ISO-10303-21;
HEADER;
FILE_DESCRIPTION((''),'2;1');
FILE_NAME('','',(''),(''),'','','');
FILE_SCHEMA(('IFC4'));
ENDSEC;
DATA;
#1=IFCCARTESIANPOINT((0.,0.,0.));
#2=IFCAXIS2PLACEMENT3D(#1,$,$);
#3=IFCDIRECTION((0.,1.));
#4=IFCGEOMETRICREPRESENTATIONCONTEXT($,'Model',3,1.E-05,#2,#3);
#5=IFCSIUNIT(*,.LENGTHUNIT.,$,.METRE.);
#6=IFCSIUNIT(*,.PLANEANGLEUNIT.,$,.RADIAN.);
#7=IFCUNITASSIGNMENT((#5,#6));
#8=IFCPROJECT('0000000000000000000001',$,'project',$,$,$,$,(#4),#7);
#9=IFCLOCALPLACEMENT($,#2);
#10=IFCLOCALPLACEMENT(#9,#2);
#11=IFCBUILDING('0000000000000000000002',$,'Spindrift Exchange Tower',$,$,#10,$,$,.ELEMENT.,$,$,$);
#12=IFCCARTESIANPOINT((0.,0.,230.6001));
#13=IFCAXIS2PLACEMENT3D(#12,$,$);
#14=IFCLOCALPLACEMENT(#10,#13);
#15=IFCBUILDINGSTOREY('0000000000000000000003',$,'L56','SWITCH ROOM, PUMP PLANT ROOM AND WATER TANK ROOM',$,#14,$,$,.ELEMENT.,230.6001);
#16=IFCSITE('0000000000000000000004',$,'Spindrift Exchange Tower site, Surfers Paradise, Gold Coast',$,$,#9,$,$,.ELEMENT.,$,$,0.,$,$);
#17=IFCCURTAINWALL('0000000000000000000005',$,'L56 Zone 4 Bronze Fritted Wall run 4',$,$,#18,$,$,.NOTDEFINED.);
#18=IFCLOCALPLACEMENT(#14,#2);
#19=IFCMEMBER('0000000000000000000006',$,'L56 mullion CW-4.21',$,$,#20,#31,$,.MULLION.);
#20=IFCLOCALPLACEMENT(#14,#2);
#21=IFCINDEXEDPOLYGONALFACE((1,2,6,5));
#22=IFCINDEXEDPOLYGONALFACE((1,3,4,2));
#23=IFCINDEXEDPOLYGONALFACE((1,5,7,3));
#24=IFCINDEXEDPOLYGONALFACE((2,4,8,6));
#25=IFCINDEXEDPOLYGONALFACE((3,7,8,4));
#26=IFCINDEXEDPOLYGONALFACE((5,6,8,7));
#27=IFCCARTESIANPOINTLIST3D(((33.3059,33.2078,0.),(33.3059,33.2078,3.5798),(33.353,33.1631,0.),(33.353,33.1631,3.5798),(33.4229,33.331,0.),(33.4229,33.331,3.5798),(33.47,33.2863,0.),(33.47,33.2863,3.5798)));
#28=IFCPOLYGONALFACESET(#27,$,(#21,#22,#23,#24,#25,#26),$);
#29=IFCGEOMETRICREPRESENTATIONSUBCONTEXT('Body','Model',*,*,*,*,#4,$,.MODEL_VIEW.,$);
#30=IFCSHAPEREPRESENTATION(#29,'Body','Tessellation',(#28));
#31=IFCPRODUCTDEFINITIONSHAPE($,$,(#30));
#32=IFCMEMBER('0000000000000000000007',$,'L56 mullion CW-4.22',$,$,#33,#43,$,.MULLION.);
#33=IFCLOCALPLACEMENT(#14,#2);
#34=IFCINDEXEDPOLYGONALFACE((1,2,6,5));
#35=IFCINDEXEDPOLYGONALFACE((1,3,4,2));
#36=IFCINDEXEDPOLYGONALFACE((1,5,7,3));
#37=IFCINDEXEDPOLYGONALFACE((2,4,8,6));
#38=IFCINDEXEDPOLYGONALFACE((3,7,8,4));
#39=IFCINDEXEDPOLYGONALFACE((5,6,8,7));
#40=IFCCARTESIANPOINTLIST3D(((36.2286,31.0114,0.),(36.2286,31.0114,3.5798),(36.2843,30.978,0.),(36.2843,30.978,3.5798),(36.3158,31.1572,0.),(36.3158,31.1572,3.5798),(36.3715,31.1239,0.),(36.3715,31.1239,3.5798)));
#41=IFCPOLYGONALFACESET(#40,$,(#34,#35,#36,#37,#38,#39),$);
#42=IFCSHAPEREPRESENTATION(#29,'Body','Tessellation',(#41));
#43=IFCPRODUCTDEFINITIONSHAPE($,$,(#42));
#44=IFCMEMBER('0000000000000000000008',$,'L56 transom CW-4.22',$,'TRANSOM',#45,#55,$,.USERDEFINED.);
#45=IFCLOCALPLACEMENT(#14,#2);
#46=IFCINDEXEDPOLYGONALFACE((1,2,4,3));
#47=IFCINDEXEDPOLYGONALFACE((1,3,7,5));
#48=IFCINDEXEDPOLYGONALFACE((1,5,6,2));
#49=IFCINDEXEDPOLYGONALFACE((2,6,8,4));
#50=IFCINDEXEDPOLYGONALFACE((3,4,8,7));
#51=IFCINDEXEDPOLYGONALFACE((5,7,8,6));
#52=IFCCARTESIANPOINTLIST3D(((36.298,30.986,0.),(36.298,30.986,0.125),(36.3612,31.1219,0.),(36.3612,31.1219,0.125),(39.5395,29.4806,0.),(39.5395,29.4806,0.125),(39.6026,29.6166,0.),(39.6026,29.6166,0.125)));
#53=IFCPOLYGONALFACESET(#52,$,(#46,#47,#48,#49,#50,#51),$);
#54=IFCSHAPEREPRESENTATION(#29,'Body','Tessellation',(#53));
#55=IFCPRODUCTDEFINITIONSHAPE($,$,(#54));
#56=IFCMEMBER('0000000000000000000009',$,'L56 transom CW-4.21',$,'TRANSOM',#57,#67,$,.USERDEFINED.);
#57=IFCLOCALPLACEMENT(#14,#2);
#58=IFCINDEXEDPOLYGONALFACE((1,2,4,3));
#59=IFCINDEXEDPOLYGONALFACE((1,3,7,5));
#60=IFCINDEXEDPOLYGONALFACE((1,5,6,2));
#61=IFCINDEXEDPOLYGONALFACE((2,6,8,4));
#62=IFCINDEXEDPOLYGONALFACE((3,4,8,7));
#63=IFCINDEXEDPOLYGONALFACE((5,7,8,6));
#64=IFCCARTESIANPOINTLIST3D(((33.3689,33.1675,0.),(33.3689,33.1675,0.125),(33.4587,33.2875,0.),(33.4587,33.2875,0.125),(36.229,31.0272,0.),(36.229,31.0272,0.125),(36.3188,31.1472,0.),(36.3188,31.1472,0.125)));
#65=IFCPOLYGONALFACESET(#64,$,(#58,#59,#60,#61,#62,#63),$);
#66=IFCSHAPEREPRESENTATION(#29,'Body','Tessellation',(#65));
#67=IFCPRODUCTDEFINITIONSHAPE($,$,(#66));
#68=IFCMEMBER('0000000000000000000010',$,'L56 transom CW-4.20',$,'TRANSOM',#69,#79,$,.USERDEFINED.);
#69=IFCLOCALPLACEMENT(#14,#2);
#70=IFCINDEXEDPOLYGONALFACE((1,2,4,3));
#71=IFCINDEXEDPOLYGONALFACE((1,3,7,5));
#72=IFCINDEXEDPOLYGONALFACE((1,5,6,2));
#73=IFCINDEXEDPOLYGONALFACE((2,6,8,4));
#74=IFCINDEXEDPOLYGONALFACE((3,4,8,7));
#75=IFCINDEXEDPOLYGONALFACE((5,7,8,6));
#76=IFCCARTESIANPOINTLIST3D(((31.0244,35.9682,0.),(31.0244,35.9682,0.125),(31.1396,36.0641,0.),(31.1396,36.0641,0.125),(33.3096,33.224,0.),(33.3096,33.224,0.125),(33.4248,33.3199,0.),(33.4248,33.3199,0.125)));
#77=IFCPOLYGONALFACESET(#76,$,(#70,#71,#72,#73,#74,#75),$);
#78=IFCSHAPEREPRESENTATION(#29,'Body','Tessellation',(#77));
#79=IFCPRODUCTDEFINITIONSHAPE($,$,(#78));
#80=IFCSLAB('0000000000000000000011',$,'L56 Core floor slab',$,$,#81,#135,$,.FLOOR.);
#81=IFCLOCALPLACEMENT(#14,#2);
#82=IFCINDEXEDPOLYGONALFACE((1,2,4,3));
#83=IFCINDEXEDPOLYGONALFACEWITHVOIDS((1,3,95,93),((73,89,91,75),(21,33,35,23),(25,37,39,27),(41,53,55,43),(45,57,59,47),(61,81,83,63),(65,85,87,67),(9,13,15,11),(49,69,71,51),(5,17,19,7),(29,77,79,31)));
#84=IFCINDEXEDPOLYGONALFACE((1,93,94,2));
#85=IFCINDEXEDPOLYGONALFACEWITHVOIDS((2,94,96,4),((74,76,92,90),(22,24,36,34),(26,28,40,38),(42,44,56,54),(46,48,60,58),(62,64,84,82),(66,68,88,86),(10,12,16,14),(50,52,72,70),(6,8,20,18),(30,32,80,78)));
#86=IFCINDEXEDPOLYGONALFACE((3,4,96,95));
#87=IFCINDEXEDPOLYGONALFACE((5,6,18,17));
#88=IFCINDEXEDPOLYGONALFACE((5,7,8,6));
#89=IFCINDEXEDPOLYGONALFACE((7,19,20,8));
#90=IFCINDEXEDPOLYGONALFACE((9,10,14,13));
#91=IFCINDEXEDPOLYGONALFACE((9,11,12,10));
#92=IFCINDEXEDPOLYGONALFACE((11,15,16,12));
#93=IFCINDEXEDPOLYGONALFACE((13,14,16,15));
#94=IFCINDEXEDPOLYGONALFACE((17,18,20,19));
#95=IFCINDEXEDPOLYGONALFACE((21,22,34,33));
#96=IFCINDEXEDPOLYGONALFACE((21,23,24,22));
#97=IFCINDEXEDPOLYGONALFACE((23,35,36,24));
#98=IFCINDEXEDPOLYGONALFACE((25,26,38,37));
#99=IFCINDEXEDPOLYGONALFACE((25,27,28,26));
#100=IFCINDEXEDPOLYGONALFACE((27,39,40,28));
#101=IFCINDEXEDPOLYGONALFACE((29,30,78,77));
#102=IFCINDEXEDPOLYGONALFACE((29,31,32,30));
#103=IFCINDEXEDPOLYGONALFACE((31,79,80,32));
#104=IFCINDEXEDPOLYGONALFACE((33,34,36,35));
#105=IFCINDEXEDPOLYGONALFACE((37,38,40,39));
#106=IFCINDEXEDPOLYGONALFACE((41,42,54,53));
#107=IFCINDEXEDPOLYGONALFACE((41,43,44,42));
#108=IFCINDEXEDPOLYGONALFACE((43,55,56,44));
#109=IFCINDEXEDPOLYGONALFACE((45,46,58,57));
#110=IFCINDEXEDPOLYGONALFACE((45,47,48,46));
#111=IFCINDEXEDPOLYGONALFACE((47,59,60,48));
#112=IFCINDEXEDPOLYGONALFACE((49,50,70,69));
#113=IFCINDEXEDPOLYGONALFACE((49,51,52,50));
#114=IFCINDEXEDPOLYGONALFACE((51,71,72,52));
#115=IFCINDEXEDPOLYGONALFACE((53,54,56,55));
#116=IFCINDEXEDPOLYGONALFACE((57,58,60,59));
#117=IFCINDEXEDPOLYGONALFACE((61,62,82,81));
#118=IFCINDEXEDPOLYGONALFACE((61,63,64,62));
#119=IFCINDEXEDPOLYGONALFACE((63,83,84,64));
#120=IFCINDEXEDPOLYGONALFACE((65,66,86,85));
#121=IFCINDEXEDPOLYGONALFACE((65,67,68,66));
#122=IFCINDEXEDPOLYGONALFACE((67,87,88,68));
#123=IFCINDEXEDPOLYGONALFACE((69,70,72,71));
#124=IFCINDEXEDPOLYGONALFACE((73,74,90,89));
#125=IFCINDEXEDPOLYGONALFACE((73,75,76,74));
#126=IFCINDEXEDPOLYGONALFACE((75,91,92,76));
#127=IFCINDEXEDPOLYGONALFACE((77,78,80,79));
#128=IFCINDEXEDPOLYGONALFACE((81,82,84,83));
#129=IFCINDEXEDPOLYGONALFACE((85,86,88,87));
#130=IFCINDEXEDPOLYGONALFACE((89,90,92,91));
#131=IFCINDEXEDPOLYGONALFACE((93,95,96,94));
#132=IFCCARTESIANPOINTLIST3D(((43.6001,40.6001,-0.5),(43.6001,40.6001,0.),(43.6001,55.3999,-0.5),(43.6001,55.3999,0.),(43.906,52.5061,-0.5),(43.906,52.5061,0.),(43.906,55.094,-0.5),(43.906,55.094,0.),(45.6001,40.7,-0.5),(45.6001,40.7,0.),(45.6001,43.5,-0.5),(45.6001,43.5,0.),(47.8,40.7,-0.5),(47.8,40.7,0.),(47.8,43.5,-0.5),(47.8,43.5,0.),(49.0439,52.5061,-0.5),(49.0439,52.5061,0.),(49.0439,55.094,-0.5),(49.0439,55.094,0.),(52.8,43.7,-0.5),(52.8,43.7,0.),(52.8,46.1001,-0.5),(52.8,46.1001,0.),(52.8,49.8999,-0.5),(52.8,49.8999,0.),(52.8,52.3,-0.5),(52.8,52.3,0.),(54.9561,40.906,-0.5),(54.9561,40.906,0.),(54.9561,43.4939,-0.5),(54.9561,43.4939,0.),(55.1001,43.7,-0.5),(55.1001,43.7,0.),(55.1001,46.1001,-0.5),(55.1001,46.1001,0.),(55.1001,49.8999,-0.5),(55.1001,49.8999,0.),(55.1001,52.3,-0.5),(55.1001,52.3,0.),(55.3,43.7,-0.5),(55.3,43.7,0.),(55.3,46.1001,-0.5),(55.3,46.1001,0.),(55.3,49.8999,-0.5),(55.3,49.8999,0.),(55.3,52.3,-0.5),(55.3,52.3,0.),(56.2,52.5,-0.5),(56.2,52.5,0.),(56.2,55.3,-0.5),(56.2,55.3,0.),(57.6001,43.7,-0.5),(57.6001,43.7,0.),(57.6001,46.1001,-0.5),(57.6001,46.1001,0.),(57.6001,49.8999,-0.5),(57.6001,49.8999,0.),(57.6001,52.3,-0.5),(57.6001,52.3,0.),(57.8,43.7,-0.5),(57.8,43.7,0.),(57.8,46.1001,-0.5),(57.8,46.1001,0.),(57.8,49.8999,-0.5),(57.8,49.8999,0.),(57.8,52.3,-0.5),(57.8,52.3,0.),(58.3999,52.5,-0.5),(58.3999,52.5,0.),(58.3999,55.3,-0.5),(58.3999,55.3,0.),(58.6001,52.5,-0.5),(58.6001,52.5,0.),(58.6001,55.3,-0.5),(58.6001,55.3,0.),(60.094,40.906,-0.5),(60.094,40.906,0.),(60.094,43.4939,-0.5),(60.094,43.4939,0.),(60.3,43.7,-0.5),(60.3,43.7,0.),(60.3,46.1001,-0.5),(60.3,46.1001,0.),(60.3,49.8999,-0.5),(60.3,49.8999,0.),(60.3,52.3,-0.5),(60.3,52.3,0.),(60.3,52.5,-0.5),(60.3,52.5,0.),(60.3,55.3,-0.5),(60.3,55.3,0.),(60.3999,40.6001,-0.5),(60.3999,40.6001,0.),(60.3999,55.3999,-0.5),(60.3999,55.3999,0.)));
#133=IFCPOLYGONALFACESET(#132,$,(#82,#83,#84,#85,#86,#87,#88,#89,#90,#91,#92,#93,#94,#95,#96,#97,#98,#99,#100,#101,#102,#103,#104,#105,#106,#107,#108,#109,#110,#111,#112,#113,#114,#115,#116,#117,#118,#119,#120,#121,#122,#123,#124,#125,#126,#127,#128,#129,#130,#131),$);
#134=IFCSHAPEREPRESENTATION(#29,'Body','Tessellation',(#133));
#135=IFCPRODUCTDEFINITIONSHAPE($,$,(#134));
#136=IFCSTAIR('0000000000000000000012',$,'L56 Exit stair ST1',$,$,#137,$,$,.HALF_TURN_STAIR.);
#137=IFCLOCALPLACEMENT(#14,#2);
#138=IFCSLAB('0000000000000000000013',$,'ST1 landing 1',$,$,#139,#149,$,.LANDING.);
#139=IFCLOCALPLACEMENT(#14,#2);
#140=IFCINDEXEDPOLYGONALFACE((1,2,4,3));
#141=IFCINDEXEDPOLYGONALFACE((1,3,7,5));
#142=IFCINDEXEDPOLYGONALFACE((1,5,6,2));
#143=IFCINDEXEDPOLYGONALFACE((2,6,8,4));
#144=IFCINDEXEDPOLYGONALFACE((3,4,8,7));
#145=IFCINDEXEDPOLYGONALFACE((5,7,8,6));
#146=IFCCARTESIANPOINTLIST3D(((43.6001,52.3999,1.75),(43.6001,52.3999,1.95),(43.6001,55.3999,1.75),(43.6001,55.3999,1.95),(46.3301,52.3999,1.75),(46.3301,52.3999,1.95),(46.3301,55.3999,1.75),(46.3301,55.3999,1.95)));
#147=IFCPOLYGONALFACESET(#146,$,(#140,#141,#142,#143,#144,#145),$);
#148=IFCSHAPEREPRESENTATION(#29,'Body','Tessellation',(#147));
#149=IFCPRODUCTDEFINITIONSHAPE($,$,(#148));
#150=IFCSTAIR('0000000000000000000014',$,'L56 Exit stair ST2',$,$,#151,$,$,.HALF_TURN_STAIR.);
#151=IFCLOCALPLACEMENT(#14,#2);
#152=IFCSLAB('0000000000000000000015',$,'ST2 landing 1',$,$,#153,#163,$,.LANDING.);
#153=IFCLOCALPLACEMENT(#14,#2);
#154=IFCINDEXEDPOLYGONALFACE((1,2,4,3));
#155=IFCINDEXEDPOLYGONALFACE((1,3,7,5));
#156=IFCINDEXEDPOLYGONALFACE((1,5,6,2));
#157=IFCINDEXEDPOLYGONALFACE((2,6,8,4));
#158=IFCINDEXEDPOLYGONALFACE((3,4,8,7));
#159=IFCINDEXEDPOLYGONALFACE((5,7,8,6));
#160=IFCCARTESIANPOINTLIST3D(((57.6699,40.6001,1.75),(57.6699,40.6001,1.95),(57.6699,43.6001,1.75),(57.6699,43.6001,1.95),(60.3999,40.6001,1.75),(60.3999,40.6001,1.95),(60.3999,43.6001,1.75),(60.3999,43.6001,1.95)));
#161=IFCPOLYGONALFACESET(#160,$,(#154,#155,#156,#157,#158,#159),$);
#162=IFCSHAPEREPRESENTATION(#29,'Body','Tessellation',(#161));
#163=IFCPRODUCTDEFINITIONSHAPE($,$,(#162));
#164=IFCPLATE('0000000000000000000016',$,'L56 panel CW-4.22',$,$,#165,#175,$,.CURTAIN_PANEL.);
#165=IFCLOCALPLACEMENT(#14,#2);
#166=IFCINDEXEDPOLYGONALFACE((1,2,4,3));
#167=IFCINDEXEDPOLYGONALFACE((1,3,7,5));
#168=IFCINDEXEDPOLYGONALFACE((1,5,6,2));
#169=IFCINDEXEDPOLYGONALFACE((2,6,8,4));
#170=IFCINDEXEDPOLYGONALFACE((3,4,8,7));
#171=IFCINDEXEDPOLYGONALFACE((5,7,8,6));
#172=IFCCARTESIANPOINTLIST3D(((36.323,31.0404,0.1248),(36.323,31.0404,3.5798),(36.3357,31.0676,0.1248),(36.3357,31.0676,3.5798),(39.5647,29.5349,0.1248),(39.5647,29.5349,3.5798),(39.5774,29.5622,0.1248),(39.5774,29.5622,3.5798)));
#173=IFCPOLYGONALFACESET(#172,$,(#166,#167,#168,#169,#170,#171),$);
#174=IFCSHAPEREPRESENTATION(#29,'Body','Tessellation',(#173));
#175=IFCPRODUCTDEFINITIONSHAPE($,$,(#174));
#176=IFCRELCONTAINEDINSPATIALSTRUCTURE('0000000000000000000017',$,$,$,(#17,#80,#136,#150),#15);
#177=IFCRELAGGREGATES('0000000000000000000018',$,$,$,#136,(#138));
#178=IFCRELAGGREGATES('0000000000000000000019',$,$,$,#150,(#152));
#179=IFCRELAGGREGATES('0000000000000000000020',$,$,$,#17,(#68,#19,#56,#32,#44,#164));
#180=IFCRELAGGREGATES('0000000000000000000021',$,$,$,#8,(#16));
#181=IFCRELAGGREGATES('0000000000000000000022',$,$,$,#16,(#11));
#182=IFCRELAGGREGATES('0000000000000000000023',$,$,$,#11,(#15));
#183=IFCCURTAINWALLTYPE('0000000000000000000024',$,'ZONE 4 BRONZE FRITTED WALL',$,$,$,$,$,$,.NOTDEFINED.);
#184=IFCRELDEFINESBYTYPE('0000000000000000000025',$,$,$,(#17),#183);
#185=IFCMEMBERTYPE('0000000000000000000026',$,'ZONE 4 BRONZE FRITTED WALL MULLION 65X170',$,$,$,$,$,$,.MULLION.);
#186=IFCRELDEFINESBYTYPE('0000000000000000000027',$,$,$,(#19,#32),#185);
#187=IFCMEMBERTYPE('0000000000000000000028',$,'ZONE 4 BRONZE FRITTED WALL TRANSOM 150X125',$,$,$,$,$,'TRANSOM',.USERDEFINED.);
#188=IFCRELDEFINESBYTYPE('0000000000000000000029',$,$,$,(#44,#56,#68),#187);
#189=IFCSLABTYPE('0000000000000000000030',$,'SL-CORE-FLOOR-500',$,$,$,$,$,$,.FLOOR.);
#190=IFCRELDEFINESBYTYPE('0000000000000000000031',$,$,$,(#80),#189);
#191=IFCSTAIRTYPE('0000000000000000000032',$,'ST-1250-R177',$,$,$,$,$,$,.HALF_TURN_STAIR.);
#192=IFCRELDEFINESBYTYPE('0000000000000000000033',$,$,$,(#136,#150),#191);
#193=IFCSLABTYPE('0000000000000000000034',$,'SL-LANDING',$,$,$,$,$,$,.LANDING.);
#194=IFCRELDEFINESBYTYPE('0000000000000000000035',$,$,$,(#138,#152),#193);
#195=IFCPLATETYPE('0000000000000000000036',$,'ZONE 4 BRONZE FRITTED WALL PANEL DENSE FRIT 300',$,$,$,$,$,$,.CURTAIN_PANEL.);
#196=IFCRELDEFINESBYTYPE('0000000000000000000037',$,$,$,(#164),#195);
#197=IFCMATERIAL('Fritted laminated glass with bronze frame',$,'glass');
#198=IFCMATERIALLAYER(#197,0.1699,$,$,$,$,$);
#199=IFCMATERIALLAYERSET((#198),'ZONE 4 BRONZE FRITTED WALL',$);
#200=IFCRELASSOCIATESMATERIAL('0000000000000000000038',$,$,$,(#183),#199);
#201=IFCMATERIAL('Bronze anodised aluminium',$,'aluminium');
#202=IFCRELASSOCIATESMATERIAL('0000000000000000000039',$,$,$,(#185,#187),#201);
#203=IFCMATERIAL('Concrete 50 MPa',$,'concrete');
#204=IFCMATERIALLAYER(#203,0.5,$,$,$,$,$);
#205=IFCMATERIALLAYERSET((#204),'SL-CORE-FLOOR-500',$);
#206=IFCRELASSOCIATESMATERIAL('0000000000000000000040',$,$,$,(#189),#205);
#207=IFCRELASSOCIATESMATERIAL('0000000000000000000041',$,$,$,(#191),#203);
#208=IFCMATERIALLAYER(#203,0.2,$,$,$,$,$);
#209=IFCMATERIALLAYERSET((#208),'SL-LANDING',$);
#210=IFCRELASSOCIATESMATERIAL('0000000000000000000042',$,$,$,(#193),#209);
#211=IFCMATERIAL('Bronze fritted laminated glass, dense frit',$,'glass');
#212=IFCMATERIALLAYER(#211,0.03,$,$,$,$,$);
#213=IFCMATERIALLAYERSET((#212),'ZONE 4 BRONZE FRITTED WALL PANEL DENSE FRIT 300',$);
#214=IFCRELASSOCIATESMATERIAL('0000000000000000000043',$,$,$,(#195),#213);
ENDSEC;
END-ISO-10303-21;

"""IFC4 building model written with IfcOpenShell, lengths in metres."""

from ifc_helpers import new_model, si_unit, direction, frame, origin, origin_2d, place, context, subcontext, project, spatial, line, indexed_curve, rectangle, outline, extrude, source, transform, mapped, material, layer, layer_set, material_profile, profile_set, type_object, element, aggregate, save


model = new_model("IFC4")

# Units and contexts
model_context = context("Model", 3, precision=1e-05, world=origin(), true_north=direction((0.0, 1.0)))
body_context = subcontext(model_context, "Body", "Model", "MODEL_VIEW")
ifc_project = project(units=[si_unit("LENGTHUNIT", "METRE"), si_unit("PLANEANGLEUNIT", "RADIAN")], contexts=[model_context])

# Site, building, storey
site_placement = place(None, origin())
site = spatial("IfcSite", under=ifc_project, at=site_placement, Name="Spindrift Exchange Tower site, Surfers Paradise, Gold Coast", CompositionType="ELEMENT", RefElevation=0.0)
building_placement = place(site_placement, origin())
building = spatial("IfcBuilding", under=site, at=building_placement, Name="Spindrift Exchange Tower", CompositionType="ELEMENT")
storey_placement = place(building_placement, frame((0.0, 0.0, 230.6001)))
storey = spatial("IfcBuildingStorey", under=building, at=storey_placement, Name="L56", Description="SWITCH ROOM, PUMP PLANT ROOM AND WATER TANK ROOM", CompositionType="ELEMENT", Elevation=230.6001)

# Shared definitions
ifc_material_1 = material(Name="Concrete 50 MPa", Category="concrete")

# Curtain wall, members
ifc_material_2 = material(Name="Fritted laminated glass with bronze frame", Category="glass")
ifc_layer_1 = layer(ifc_material_2, 0.1699)
ifc_layer_set_1 = layer_set([ifc_layer_1], Name="ZONE 4 BRONZE FRITTED WALL")
curtain_wall_type = type_object("IfcCurtainWallType", Name="ZONE 4 BRONZE FRITTED WALL", PredefinedType="NOTDEFINED", material=ifc_layer_set_1)
curtain_wall_placement = place(storey_placement, origin())
curtain_wall = element("IfcCurtainWall", 1, at=curtain_wall_placement, inside=storey, type_object=curtain_wall_type, Name="L56 Zone 4 Bronze Fritted Wall run 4", PredefinedType="NOTDEFINED")
ifc_material_3 = material(Name="Bronze anodised aluminium", Category="aluminium")
ifc_material_profile_1 = material_profile(ifc_material_3, rectangle(XDim=0.0649, YDim=0.1699, at=origin_2d()), Name="ZONE 4 BRONZE FRITTED WALL MULLION 65X170")
ifc_profile_set_1 = profile_set([ifc_material_profile_1], Name="Bronze anodised aluminium")
member_type_1 = type_object("IfcMemberType", Name="ZONE 4 BRONZE FRITTED WALL MULLION 65X170", PredefinedType="MULLION", material=ifc_profile_set_1)
shared_shape_1 = source(origin(), body_context, "Body", "SweptSolid", [
    extrude(rectangle(XDim=0.0649, YDim=0.1699, at=origin_2d()), origin(), (0.0, 0.0, 1.0), 3.5798),
])
member_1_placement = place(storey_placement, frame((33.3879, 33.2471, 0.0), z_axis=(0.0, 0.0, 1.0), x_axis=(0.725222, -0.688516, 0.0)))
member_1 = element("IfcMember", 2, at=member_1_placement, type_object=member_type_1, Name="L56 mullion CW-4.21", PredefinedType="MULLION", context=body_context, shape_type="MappedRepresentation", body=[
    mapped(shared_shape_1, transform((0.0, 0.0, 0.0), scale=1.0)),
])
member_2_placement = place(storey_placement, frame((36.3, 31.0676, 0.0), z_axis=(0.0, 0.0, 1.0), x_axis=(0.858412, -0.51296, 0.0)))
member_2 = element("IfcMember", 3, at=member_2_placement, type_object=member_type_1, Name="L56 mullion CW-4.22", PredefinedType="MULLION", context=body_context, shape_type="MappedRepresentation", body=[
    mapped(shared_shape_1, transform((0.0, 0.0, 0.0), scale=1.0)),
])
ifc_material_profile_2 = material_profile(ifc_material_3, rectangle(XDim=0.1499, YDim=0.125, at=origin_2d()), Name="ZONE 4 BRONZE FRITTED WALL TRANSOM 150X125")
ifc_profile_set_2 = profile_set([ifc_material_profile_2], Name="Bronze anodised aluminium")
member_type_2 = type_object("IfcMemberType", Name="ZONE 4 BRONZE FRITTED WALL TRANSOM 150X125", ElementType="TRANSOM", PredefinedType="USERDEFINED", material=ifc_profile_set_2)
shared_shape_2 = source(origin(), body_context, "Body", "SweptSolid", [
    extrude(rectangle(XDim=0.1499, YDim=0.125, at=origin_2d()), origin(), (0.0, 0.0, 1.0), 3.574),
])
member_3_placement = place(storey_placement, frame((36.3296, 31.054, 0.0625), z_axis=(0.906965, -0.421206, 0.0), x_axis=(0.421206, 0.906965, 0.0)))
member_3 = element("IfcMember", 4, at=member_3_placement, type_object=member_type_2, Name="L56 transom CW-4.22", ObjectType="TRANSOM", PredefinedType="USERDEFINED", context=body_context, shape_type="MappedRepresentation", body=[
    mapped(shared_shape_2, transform((0.0, 0.0, 0.0), scale=1.0)),
])
shared_shape_3 = source(origin(), body_context, "Body", "SweptSolid", [
    extrude(rectangle(XDim=0.1499, YDim=0.125, at=origin_2d()), origin(), (0.0, 0.0, 1.0), 3.5723),
])
member_4_placement = place(storey_placement, frame((33.4138, 33.2275, 0.0625), z_axis=(0.800631, -0.599158, 0.0), x_axis=(0.599158, 0.800631, 0.0)))
member_4 = element("IfcMember", 5, at=member_4_placement, type_object=member_type_2, Name="L56 transom CW-4.21", ObjectType="TRANSOM", PredefinedType="USERDEFINED", context=body_context, shape_type="MappedRepresentation", body=[
    mapped(shared_shape_3, transform((0.0, 0.0, 0.0), scale=1.0)),
])
shared_shape_4 = source(origin(), body_context, "Body", "SweptSolid", [
    extrude(rectangle(XDim=0.1499, YDim=0.125, at=origin_2d()), origin(), (0.0, 0.0, 1.0), 3.571),
])
member_5_placement = place(storey_placement, frame((31.082, 36.0161, 0.0625), z_axis=(0.639915, -0.768445, 0.0), x_axis=(0.768445, 0.639915, 0.0)))
member_5 = element("IfcMember", 6, at=member_5_placement, type_object=member_type_2, Name="L56 transom CW-4.20", ObjectType="TRANSOM", PredefinedType="USERDEFINED", context=body_context, shape_type="MappedRepresentation", body=[
    mapped(shared_shape_4, transform((0.0, 0.0, 0.0), scale=1.0)),
])

# Slab
ifc_layer_2 = layer(ifc_material_1, 0.5)
ifc_layer_set_2 = layer_set([ifc_layer_2], Name="SL-CORE-FLOOR-500")
slab_type_1 = type_object("IfcSlabType", Name="SL-CORE-FLOOR-500", PredefinedType="FLOOR", material=ifc_layer_set_2)
slab_1_placement = place(storey_placement, frame((0.0, 0.0, -0.5)))
element("IfcSlab", 7, at=slab_1_placement, inside=storey, type_object=slab_type_1, Name="L56 Core floor slab", PredefinedType="FLOOR", context=body_context, shape_type="SweptSolid", body=[
    extrude(outline(indexed_curve([(43.6001, 40.6001), (43.6001, 55.3999), (60.3999, 55.3999), (60.3999, 40.6001)], segments=[line(1, 2, 3, 4, 1)], self_intersect=False), holes=[indexed_curve([(45.6001, 43.5), (45.6001, 40.7), (47.8, 40.7), (47.8, 43.5)], segments=[line(1, 2, 3, 4, 1)], self_intersect=False), indexed_curve([(52.8, 46.1001), (52.8, 43.7), (55.1001, 43.7), (55.1001, 46.1001)], segments=[line(1, 2, 3, 4, 1)], self_intersect=False), indexed_curve([(55.3, 46.1001), (55.3, 43.7), (57.6001, 43.7), (57.6001, 46.1001)], segments=[line(1, 2, 3, 4, 1)], self_intersect=False), indexed_curve([(55.1001, 52.3), (52.8, 52.3), (52.8, 49.8999), (55.1001, 49.8999)], segments=[line(1, 2, 3, 4, 1)], self_intersect=False), indexed_curve([(57.6001, 52.3), (55.3, 52.3), (55.3, 49.8999), (57.6001, 49.8999)], segments=[line(1, 2, 3, 4, 1)], self_intersect=False), indexed_curve([(43.906, 52.5061), (49.0439, 52.5061), (49.0439, 55.094), (43.906, 55.094)], segments=[line(1, 2, 3, 4, 1)], self_intersect=False), indexed_curve([(60.094, 40.906), (60.094, 43.4939), (54.9561, 43.4939), (54.9561, 40.906)], segments=[line(1, 2, 3, 4, 1)], self_intersect=False), indexed_curve([(60.3, 46.1001), (57.8, 46.1001), (57.8, 43.7), (60.3, 43.7)], segments=[line(1, 2, 3, 4, 1)], self_intersect=False), indexed_curve([(57.8, 52.3), (57.8, 49.8999), (60.3, 49.8999), (60.3, 52.3)], segments=[line(1, 2, 3, 4, 1)], self_intersect=False), indexed_curve([(58.3999, 55.3), (56.2, 55.3), (56.2, 52.5), (58.3999, 52.5)], segments=[line(1, 2, 3, 4, 1)], self_intersect=False), indexed_curve([(60.3, 55.3), (58.6001, 55.3), (58.6001, 52.5), (60.3, 52.5)], segments=[line(1, 2, 3, 4, 1)], self_intersect=False)]), origin(), (0.0, 0.0, 1.0), 0.5),
])

# Stairs, slabs
stair_type = type_object("IfcStairType", Name="ST-1250-R177", PredefinedType="HALF_TURN_STAIR", material=ifc_material_1)
stair_1_placement = place(storey_placement, origin())
stair_1 = element("IfcStair", 8, at=stair_1_placement, inside=storey, type_object=stair_type, Name="L56 Exit stair ST1", PredefinedType="HALF_TURN_STAIR")
ifc_layer_3 = layer(ifc_material_1, 0.2)
ifc_layer_set_3 = layer_set([ifc_layer_3], Name="SL-LANDING")
slab_type_2 = type_object("IfcSlabType", Name="SL-LANDING", PredefinedType="LANDING", material=ifc_layer_set_3)
slab_2_placement = place(storey_placement, frame((0.0, 0.0, 1.75)))
slab_2 = element("IfcSlab", 9, at=slab_2_placement, type_object=slab_type_2, Name="ST1 landing 1", PredefinedType="LANDING", context=body_context, shape_type="SweptSolid", body=[
    extrude(outline(indexed_curve([(46.3301, 52.3999), (43.6001, 52.3999), (43.6001, 55.3999), (46.3301, 55.3999)], segments=[line(1, 2, 3, 4, 1)], self_intersect=False)), origin(), (0.0, 0.0, 1.0), 0.2),
])
aggregate(stair_1, [slab_2])
stair_2_placement = place(storey_placement, origin())
stair_2 = element("IfcStair", 10, at=stair_2_placement, inside=storey, type_object=stair_type, Name="L56 Exit stair ST2", PredefinedType="HALF_TURN_STAIR")
slab_3_placement = place(storey_placement, frame((0.0, 0.0, 1.75)))
slab_3 = element("IfcSlab", 11, at=slab_3_placement, type_object=slab_type_2, Name="ST2 landing 1", PredefinedType="LANDING", context=body_context, shape_type="SweptSolid", body=[
    extrude(outline(indexed_curve([(57.6699, 43.6001), (60.3999, 43.6001), (60.3999, 40.6001), (57.6699, 40.6001)], segments=[line(1, 2, 3, 4, 1)], self_intersect=False)), origin(), (0.0, 0.0, 1.0), 0.2),
])
aggregate(stair_2, [slab_3])

# Plate
ifc_material_4 = material(Name="Bronze fritted laminated glass, dense frit", Category="glass")
ifc_layer_4 = layer(ifc_material_4, 0.03)
ifc_layer_set_4 = layer_set([ifc_layer_4], Name="ZONE 4 BRONZE FRITTED WALL PANEL DENSE FRIT 300")
plate_type_1 = type_object("IfcPlateType", Name="ZONE 4 BRONZE FRITTED WALL PANEL DENSE FRIT 300", PredefinedType="CURTAIN_PANEL", material=ifc_layer_set_4)
shared_shape_5 = source(origin(), body_context, "Body", "SweptSolid", [
    extrude(rectangle(XDim=3.5742, YDim=0.03, at=origin_2d()), origin(), (0.0, 0.0, 1.0), 3.4551),
])
plate_1_placement = place(storey_placement, frame((37.9502, 30.3013, 0.1248), z_axis=(0.0, 0.0, 1.0), x_axis=(0.906969, -0.421197, 0.0)))
plate_1 = element("IfcPlate", 12, at=plate_1_placement, type_object=plate_type_1, Name="L56 panel CW-4.22", PredefinedType="CURTAIN_PANEL", context=body_context, shape_type="MappedRepresentation", body=[
    mapped(shared_shape_5, transform((0.0, 0.0, 0.0), scale=1.0)),
])
aggregate(curtain_wall, [member_5, member_1, member_4, member_2, member_3, plate_1])

save(model, "model.ifc")
